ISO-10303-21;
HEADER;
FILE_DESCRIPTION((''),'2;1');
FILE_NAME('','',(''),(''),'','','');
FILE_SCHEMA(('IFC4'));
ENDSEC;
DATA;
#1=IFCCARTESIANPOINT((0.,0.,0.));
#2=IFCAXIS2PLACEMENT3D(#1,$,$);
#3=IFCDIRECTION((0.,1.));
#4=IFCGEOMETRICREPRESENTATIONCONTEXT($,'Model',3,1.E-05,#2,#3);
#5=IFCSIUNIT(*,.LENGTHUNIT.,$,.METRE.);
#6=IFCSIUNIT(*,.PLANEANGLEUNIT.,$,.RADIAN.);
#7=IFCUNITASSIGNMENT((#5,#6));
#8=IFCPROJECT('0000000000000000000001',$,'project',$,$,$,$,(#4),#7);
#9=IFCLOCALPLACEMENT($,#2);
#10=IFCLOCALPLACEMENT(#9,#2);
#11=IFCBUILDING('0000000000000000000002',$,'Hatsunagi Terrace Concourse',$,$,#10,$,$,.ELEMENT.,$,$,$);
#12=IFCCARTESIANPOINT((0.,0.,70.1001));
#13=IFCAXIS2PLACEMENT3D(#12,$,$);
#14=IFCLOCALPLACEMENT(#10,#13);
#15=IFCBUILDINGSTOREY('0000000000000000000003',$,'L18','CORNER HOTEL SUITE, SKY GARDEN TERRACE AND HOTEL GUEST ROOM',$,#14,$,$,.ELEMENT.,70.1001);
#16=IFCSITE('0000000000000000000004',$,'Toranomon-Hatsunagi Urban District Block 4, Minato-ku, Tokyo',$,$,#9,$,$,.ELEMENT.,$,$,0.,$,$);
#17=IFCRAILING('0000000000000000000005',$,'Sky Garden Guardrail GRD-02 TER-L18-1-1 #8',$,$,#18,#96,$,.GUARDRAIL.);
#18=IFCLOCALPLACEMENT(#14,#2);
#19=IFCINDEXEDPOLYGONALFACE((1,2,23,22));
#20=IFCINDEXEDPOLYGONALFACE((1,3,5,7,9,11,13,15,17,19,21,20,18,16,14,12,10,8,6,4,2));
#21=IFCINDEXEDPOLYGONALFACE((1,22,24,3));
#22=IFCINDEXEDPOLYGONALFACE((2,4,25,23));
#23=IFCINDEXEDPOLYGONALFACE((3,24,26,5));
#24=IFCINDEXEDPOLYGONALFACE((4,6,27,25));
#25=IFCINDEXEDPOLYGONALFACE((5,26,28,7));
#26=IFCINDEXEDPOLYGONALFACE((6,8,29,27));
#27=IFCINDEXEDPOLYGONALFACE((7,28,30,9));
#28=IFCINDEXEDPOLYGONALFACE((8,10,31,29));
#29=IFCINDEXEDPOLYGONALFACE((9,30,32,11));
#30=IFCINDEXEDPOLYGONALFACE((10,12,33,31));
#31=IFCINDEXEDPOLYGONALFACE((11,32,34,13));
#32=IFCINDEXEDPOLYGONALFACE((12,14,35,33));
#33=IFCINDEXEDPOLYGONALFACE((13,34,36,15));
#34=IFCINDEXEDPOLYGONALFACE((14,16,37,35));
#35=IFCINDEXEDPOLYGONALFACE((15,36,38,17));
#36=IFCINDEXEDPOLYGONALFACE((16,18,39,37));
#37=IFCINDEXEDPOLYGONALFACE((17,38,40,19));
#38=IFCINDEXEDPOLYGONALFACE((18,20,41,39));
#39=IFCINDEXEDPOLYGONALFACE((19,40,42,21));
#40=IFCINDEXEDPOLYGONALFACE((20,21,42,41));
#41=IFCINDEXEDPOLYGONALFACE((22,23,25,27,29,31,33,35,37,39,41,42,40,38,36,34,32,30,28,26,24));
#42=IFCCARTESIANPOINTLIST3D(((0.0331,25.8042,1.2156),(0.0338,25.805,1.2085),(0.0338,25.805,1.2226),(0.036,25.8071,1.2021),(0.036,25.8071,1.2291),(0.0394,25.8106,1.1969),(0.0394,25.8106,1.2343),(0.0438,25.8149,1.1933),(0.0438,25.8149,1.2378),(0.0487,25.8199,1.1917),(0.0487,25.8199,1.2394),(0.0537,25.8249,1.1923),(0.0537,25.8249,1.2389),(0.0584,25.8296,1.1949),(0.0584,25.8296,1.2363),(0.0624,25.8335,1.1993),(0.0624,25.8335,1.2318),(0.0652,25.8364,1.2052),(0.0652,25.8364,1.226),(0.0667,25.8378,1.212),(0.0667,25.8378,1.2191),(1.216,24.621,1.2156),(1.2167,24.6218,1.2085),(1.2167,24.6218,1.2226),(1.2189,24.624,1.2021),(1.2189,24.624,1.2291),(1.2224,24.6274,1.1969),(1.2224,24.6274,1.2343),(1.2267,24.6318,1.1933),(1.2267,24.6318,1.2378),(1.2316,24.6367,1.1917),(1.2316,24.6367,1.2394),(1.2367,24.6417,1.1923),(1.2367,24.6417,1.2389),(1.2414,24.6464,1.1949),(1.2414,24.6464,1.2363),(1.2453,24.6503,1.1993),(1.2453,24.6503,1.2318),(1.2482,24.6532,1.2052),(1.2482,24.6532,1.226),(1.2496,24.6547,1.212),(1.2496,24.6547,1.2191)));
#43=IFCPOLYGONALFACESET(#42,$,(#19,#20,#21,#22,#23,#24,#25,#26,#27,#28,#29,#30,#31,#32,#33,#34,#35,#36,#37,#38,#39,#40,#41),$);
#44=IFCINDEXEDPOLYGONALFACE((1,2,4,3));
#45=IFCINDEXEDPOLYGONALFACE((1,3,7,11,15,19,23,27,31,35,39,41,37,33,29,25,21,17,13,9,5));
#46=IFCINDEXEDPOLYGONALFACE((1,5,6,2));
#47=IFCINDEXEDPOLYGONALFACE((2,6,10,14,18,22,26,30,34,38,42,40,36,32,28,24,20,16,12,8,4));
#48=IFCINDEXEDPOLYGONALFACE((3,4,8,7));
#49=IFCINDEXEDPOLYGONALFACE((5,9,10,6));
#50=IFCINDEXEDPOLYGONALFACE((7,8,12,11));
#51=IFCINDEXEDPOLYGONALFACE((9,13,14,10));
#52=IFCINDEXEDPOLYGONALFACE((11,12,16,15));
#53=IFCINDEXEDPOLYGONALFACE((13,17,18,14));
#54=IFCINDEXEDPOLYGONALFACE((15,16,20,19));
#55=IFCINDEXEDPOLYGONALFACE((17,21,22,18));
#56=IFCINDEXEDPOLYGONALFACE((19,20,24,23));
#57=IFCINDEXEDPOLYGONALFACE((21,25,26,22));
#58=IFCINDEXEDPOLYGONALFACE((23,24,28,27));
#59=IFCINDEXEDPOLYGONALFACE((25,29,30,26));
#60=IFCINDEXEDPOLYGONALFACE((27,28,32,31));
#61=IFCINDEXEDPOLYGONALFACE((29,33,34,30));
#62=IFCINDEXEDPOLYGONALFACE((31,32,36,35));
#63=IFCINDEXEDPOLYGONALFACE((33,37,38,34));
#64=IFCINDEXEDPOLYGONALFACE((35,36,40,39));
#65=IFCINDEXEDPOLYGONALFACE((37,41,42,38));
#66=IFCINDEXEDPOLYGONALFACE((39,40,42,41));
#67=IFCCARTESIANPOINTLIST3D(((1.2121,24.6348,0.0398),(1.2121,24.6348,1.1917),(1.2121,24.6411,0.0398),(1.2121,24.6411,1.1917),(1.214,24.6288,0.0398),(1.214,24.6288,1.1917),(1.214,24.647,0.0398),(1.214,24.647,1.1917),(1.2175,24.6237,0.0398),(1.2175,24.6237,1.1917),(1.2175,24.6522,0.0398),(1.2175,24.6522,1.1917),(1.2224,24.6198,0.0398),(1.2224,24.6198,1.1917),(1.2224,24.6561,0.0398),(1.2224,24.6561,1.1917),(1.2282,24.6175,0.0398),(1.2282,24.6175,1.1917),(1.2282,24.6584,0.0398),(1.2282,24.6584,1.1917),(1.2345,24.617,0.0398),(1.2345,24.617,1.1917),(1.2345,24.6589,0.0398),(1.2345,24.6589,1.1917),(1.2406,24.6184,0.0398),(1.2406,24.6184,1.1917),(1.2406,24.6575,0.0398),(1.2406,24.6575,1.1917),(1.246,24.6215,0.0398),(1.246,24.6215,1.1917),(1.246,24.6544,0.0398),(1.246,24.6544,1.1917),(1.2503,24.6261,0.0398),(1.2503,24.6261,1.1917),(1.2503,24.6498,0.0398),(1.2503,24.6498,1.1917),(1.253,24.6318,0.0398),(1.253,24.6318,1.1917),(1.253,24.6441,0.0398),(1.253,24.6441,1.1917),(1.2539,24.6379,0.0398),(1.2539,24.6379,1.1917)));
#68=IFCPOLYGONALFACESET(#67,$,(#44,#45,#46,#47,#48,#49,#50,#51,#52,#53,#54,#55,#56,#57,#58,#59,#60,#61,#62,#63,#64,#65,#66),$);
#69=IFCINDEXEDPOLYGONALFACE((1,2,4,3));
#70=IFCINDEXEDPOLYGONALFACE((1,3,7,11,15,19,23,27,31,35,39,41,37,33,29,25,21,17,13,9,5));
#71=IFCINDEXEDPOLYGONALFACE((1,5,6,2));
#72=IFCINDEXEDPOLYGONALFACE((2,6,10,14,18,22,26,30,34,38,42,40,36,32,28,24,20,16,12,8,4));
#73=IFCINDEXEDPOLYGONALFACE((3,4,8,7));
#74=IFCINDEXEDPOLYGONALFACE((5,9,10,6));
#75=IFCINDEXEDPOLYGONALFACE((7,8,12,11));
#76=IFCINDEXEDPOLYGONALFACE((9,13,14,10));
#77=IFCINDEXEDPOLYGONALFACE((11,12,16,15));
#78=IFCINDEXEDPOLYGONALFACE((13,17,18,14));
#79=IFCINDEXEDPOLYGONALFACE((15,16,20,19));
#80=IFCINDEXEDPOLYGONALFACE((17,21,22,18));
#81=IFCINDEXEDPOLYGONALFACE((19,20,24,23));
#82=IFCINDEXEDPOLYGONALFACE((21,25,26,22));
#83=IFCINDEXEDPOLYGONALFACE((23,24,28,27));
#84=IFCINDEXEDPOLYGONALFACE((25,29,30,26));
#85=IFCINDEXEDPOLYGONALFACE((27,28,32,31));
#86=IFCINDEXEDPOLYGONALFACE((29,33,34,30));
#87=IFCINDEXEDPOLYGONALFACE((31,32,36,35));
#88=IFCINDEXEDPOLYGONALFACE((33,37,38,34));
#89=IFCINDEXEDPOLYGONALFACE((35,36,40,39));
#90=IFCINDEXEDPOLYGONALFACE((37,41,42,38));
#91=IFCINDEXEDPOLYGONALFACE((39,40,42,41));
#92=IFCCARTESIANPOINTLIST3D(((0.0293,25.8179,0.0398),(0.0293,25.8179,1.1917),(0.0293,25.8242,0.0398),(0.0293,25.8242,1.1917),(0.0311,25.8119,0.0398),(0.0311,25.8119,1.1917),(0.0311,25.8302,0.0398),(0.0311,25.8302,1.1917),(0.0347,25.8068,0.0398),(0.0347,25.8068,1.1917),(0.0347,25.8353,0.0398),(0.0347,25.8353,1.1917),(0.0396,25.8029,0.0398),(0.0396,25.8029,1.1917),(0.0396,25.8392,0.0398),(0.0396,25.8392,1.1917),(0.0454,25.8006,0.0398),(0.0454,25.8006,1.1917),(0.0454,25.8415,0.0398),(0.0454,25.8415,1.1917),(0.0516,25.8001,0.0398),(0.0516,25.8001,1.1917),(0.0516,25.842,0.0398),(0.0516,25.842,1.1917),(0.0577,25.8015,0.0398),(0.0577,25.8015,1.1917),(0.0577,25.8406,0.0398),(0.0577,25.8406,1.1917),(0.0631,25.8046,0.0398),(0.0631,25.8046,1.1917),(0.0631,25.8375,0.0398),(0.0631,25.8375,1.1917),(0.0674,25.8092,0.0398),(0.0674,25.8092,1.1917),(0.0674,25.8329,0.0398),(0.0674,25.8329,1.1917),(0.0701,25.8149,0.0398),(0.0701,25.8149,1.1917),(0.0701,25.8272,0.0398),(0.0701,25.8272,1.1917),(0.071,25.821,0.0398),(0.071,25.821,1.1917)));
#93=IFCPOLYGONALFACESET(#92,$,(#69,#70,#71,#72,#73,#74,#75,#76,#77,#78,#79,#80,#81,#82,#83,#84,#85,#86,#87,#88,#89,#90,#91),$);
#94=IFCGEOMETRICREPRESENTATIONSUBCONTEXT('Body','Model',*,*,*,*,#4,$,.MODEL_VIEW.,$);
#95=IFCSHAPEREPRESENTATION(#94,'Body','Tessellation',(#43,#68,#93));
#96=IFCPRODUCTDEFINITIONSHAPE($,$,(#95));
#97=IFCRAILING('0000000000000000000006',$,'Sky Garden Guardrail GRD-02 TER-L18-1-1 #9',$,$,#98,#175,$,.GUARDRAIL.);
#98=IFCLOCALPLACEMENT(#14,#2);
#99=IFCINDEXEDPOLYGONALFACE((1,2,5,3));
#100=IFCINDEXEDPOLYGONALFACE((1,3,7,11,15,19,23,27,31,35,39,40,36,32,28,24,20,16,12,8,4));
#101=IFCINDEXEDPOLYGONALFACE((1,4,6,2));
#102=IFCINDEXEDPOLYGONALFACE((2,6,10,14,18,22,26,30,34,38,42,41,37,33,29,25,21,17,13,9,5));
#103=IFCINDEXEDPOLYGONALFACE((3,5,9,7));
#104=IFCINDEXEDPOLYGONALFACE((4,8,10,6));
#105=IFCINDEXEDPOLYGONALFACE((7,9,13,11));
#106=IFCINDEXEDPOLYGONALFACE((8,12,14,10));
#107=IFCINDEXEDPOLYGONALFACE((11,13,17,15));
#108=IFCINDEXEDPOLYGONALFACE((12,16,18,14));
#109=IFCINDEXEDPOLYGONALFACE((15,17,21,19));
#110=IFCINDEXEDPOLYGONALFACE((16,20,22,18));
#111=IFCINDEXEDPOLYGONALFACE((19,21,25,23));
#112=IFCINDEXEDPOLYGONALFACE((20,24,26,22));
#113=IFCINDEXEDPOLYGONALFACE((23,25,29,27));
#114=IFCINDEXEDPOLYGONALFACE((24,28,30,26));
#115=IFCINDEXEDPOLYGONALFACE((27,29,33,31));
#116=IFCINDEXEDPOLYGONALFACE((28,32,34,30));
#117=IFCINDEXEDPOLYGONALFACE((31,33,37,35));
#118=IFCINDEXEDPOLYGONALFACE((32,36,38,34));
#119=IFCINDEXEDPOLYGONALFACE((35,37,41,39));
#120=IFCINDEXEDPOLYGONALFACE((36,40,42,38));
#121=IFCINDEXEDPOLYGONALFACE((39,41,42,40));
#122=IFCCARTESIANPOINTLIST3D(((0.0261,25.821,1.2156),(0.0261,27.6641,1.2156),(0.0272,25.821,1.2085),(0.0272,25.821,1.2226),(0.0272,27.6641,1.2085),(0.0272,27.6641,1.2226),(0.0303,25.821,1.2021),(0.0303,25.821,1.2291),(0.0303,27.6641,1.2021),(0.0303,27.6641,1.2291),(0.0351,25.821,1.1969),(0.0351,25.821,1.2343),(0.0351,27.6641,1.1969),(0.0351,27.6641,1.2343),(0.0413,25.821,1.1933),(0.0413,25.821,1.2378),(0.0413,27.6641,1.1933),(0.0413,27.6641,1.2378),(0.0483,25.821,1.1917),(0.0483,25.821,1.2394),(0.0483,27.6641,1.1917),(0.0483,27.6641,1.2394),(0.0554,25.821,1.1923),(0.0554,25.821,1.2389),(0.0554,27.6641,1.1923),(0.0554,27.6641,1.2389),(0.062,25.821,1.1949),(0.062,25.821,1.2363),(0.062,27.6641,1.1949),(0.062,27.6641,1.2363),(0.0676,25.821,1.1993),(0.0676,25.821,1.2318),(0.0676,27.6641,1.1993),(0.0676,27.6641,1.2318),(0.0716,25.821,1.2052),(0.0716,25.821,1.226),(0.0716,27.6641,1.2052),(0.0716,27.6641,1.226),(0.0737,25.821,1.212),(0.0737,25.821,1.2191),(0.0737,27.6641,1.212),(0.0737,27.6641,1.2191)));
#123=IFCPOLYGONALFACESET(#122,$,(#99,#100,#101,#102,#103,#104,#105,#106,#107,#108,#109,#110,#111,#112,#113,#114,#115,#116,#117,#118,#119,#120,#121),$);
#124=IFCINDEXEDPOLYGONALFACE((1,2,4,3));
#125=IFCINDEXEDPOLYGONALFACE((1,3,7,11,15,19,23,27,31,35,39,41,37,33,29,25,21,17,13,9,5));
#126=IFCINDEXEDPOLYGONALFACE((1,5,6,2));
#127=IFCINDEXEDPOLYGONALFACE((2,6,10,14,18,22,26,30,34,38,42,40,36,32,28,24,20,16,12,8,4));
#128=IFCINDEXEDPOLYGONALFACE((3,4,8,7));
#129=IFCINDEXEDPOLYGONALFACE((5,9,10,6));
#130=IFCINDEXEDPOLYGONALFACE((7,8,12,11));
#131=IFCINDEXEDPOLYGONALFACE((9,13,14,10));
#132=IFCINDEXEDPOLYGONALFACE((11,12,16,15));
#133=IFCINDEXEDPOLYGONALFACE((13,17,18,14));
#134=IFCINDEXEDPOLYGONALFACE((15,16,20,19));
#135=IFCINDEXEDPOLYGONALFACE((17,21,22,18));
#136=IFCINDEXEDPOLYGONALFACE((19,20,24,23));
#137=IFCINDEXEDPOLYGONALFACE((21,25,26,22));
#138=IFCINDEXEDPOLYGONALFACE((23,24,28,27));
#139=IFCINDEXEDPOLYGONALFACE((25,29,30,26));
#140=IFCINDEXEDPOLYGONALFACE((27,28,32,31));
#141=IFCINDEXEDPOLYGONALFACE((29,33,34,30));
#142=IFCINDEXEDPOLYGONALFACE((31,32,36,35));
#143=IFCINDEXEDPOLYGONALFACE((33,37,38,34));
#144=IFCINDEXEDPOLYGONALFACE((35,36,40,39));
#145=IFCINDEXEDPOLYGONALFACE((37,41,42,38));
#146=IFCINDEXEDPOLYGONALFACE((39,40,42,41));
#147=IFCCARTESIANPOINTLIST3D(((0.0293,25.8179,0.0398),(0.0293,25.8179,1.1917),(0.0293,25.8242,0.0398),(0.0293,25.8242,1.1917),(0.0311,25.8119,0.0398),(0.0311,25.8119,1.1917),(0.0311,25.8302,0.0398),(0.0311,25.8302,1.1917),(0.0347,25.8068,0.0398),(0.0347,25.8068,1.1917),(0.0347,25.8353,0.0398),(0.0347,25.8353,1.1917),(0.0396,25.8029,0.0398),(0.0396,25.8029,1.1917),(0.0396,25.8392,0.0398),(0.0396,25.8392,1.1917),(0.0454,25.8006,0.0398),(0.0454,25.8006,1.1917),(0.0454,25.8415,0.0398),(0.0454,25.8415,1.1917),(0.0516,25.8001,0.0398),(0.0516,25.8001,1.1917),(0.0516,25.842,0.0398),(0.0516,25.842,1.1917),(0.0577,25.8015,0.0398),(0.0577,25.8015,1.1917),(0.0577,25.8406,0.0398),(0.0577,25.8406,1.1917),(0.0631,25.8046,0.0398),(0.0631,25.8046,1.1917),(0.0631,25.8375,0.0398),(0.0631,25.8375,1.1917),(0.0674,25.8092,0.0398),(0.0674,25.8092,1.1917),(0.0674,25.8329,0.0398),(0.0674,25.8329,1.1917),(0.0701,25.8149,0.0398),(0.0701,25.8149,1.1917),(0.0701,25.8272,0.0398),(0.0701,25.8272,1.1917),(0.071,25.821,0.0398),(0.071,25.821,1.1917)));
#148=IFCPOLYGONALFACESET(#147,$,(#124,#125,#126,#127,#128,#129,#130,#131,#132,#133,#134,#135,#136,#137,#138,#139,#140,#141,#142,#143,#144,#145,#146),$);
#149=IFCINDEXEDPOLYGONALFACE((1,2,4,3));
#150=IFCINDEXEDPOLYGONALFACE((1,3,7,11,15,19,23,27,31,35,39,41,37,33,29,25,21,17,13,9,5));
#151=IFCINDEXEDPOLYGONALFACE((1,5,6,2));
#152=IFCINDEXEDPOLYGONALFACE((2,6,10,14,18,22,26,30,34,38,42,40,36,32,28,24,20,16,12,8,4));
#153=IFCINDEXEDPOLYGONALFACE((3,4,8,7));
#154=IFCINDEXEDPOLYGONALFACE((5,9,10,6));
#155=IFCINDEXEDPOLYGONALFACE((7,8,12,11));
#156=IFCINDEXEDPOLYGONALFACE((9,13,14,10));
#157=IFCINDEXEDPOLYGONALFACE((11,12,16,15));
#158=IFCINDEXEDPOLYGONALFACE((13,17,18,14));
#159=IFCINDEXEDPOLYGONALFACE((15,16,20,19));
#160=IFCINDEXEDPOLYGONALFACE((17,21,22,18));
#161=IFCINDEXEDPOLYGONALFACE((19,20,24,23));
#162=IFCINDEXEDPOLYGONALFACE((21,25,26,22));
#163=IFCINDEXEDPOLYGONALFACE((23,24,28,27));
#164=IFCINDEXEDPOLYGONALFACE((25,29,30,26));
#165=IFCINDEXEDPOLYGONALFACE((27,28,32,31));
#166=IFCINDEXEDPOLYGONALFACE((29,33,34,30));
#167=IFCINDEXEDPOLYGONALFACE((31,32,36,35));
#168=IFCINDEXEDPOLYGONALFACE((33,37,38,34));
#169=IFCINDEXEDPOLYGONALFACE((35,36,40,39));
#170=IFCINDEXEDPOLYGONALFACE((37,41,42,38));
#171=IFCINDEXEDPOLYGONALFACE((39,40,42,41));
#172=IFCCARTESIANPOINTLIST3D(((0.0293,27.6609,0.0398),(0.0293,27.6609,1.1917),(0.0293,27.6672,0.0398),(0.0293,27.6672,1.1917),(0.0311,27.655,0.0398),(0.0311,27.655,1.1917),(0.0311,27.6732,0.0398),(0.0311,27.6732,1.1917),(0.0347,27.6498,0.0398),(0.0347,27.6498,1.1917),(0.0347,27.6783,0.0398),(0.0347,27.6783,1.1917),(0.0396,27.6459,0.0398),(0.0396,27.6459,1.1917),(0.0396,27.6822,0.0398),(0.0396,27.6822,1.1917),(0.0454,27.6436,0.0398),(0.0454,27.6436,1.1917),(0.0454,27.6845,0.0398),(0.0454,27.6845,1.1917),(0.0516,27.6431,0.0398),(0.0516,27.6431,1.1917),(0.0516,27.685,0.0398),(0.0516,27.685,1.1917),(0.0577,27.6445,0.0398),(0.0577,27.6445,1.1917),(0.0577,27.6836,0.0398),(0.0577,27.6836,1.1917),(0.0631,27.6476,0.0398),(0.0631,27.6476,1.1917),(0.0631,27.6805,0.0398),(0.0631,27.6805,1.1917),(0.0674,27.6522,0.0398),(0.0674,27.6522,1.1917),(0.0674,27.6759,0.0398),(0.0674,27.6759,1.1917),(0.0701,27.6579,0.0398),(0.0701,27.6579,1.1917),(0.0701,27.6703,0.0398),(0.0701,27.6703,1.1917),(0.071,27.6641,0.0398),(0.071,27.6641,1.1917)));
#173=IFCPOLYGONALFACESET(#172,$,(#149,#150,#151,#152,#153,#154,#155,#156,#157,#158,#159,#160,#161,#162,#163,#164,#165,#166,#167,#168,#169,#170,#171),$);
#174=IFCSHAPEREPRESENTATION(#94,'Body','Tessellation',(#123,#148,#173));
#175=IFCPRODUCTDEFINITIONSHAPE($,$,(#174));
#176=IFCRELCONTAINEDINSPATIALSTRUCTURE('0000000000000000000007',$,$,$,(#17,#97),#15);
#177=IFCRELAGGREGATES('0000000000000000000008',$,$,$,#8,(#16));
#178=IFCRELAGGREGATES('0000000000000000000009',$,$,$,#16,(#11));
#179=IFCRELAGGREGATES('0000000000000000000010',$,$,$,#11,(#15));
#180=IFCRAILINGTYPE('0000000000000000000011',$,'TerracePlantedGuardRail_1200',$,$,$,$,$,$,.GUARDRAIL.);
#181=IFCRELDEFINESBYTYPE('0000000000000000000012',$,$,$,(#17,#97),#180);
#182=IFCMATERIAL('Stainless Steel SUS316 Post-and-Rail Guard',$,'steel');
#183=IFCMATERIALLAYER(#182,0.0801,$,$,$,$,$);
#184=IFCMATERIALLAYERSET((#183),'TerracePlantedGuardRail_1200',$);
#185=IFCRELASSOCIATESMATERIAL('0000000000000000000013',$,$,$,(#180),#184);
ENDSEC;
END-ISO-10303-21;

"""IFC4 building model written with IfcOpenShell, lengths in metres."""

from ifc_helpers import new_model, si_unit, direction, frame, origin, origin_2d, place, context, subcontext, project, spatial, circle, extrude, material, layer, layer_set, type_object, element, save


model = new_model("IFC4")

# Units and contexts
model_context = context("Model", 3, precision=1e-05, world=origin(), true_north=direction((0.0, 1.0)))
body_context = subcontext(model_context, "Body", "Model", "MODEL_VIEW")
ifc_project = project(units=[si_unit("LENGTHUNIT", "METRE"), si_unit("PLANEANGLEUNIT", "RADIAN")], contexts=[model_context])

# Site, building, storey
site_placement = place(None, origin())
site = spatial("IfcSite", under=ifc_project, at=site_placement, Name="Toranomon-Hatsunagi Urban District Block 4, Minato-ku, Tokyo", CompositionType="ELEMENT", RefElevation=0.0)
building_placement = place(site_placement, origin())
building = spatial("IfcBuilding", under=site, at=building_placement, Name="Hatsunagi Terrace Concourse", CompositionType="ELEMENT")
storey_placement = place(building_placement, frame((0.0, 0.0, 70.1001)))
storey = spatial("IfcBuildingStorey", under=building, at=storey_placement, Name="L18", Description="CORNER HOTEL SUITE, SKY GARDEN TERRACE AND HOTEL GUEST ROOM", CompositionType="ELEMENT", Elevation=70.1001)

# Railings
ifc_material_1 = material(Name="Stainless Steel SUS316 Post-and-Rail Guard", Category="steel")
ifc_layer_1 = layer(ifc_material_1, 0.0801)
ifc_layer_set_1 = layer_set([ifc_layer_1], Name="TerracePlantedGuardRail_1200")
railing_type = type_object("IfcRailingType", Name="TerracePlantedGuardRail_1200", PredefinedType="GUARDRAIL", material=ifc_layer_set_1)
railing_1_placement = place(storey_placement, frame((1.2329, 24.6379, 0.0398)))
element("IfcRailing", 1, at=railing_1_placement, inside=storey, type_object=railing_type, Name="Sky Garden Guardrail GRD-02 TER-L18-1-1 #8", PredefinedType="GUARDRAIL", context=body_context, shape_type="SweptSolid", body=[
    extrude(circle(Radius=0.0239, at=origin_2d()), frame((0.0, 0.0, 1.1758), z_axis=(-0.707034, 0.70718, 0.0), x_axis=(-0.70718, -0.707034, 0.0)), (0.0, 0.0, 1.0), 1.6731),
    extrude(circle(Radius=0.021, at=origin_2d()), origin(), (0.0, 0.0, 1.0), 1.1519),
    extrude(circle(Radius=0.021, at=origin_2d()), frame((-1.1829, 1.1831, 0.0)), (0.0, 0.0, 1.0), 1.1519),
])
railing_2_placement = place(storey_placement, frame((0.05, 25.821, 0.0398)))
element("IfcRailing", 2, at=railing_2_placement, inside=storey, type_object=railing_type, Name="Sky Garden Guardrail GRD-02 TER-L18-1-1 #9", PredefinedType="GUARDRAIL", context=body_context, shape_type="SweptSolid", body=[
    extrude(circle(Radius=0.0239, at=origin_2d()), frame((0.0, 0.0, 1.1758), z_axis=(0.0, 1.0, 0.0), x_axis=(-1.0, 0.0, 0.0)), (0.0, 0.0, 1.0), 1.843),
    extrude(circle(Radius=0.021, at=origin_2d()), origin(), (0.0, 0.0, 1.0), 1.1519),
    extrude(circle(Radius=0.021, at=origin_2d()), frame((0.0, 1.843, 0.0)), (0.0, 0.0, 1.0), 1.1519),
])

save(model, "model.ifc")
